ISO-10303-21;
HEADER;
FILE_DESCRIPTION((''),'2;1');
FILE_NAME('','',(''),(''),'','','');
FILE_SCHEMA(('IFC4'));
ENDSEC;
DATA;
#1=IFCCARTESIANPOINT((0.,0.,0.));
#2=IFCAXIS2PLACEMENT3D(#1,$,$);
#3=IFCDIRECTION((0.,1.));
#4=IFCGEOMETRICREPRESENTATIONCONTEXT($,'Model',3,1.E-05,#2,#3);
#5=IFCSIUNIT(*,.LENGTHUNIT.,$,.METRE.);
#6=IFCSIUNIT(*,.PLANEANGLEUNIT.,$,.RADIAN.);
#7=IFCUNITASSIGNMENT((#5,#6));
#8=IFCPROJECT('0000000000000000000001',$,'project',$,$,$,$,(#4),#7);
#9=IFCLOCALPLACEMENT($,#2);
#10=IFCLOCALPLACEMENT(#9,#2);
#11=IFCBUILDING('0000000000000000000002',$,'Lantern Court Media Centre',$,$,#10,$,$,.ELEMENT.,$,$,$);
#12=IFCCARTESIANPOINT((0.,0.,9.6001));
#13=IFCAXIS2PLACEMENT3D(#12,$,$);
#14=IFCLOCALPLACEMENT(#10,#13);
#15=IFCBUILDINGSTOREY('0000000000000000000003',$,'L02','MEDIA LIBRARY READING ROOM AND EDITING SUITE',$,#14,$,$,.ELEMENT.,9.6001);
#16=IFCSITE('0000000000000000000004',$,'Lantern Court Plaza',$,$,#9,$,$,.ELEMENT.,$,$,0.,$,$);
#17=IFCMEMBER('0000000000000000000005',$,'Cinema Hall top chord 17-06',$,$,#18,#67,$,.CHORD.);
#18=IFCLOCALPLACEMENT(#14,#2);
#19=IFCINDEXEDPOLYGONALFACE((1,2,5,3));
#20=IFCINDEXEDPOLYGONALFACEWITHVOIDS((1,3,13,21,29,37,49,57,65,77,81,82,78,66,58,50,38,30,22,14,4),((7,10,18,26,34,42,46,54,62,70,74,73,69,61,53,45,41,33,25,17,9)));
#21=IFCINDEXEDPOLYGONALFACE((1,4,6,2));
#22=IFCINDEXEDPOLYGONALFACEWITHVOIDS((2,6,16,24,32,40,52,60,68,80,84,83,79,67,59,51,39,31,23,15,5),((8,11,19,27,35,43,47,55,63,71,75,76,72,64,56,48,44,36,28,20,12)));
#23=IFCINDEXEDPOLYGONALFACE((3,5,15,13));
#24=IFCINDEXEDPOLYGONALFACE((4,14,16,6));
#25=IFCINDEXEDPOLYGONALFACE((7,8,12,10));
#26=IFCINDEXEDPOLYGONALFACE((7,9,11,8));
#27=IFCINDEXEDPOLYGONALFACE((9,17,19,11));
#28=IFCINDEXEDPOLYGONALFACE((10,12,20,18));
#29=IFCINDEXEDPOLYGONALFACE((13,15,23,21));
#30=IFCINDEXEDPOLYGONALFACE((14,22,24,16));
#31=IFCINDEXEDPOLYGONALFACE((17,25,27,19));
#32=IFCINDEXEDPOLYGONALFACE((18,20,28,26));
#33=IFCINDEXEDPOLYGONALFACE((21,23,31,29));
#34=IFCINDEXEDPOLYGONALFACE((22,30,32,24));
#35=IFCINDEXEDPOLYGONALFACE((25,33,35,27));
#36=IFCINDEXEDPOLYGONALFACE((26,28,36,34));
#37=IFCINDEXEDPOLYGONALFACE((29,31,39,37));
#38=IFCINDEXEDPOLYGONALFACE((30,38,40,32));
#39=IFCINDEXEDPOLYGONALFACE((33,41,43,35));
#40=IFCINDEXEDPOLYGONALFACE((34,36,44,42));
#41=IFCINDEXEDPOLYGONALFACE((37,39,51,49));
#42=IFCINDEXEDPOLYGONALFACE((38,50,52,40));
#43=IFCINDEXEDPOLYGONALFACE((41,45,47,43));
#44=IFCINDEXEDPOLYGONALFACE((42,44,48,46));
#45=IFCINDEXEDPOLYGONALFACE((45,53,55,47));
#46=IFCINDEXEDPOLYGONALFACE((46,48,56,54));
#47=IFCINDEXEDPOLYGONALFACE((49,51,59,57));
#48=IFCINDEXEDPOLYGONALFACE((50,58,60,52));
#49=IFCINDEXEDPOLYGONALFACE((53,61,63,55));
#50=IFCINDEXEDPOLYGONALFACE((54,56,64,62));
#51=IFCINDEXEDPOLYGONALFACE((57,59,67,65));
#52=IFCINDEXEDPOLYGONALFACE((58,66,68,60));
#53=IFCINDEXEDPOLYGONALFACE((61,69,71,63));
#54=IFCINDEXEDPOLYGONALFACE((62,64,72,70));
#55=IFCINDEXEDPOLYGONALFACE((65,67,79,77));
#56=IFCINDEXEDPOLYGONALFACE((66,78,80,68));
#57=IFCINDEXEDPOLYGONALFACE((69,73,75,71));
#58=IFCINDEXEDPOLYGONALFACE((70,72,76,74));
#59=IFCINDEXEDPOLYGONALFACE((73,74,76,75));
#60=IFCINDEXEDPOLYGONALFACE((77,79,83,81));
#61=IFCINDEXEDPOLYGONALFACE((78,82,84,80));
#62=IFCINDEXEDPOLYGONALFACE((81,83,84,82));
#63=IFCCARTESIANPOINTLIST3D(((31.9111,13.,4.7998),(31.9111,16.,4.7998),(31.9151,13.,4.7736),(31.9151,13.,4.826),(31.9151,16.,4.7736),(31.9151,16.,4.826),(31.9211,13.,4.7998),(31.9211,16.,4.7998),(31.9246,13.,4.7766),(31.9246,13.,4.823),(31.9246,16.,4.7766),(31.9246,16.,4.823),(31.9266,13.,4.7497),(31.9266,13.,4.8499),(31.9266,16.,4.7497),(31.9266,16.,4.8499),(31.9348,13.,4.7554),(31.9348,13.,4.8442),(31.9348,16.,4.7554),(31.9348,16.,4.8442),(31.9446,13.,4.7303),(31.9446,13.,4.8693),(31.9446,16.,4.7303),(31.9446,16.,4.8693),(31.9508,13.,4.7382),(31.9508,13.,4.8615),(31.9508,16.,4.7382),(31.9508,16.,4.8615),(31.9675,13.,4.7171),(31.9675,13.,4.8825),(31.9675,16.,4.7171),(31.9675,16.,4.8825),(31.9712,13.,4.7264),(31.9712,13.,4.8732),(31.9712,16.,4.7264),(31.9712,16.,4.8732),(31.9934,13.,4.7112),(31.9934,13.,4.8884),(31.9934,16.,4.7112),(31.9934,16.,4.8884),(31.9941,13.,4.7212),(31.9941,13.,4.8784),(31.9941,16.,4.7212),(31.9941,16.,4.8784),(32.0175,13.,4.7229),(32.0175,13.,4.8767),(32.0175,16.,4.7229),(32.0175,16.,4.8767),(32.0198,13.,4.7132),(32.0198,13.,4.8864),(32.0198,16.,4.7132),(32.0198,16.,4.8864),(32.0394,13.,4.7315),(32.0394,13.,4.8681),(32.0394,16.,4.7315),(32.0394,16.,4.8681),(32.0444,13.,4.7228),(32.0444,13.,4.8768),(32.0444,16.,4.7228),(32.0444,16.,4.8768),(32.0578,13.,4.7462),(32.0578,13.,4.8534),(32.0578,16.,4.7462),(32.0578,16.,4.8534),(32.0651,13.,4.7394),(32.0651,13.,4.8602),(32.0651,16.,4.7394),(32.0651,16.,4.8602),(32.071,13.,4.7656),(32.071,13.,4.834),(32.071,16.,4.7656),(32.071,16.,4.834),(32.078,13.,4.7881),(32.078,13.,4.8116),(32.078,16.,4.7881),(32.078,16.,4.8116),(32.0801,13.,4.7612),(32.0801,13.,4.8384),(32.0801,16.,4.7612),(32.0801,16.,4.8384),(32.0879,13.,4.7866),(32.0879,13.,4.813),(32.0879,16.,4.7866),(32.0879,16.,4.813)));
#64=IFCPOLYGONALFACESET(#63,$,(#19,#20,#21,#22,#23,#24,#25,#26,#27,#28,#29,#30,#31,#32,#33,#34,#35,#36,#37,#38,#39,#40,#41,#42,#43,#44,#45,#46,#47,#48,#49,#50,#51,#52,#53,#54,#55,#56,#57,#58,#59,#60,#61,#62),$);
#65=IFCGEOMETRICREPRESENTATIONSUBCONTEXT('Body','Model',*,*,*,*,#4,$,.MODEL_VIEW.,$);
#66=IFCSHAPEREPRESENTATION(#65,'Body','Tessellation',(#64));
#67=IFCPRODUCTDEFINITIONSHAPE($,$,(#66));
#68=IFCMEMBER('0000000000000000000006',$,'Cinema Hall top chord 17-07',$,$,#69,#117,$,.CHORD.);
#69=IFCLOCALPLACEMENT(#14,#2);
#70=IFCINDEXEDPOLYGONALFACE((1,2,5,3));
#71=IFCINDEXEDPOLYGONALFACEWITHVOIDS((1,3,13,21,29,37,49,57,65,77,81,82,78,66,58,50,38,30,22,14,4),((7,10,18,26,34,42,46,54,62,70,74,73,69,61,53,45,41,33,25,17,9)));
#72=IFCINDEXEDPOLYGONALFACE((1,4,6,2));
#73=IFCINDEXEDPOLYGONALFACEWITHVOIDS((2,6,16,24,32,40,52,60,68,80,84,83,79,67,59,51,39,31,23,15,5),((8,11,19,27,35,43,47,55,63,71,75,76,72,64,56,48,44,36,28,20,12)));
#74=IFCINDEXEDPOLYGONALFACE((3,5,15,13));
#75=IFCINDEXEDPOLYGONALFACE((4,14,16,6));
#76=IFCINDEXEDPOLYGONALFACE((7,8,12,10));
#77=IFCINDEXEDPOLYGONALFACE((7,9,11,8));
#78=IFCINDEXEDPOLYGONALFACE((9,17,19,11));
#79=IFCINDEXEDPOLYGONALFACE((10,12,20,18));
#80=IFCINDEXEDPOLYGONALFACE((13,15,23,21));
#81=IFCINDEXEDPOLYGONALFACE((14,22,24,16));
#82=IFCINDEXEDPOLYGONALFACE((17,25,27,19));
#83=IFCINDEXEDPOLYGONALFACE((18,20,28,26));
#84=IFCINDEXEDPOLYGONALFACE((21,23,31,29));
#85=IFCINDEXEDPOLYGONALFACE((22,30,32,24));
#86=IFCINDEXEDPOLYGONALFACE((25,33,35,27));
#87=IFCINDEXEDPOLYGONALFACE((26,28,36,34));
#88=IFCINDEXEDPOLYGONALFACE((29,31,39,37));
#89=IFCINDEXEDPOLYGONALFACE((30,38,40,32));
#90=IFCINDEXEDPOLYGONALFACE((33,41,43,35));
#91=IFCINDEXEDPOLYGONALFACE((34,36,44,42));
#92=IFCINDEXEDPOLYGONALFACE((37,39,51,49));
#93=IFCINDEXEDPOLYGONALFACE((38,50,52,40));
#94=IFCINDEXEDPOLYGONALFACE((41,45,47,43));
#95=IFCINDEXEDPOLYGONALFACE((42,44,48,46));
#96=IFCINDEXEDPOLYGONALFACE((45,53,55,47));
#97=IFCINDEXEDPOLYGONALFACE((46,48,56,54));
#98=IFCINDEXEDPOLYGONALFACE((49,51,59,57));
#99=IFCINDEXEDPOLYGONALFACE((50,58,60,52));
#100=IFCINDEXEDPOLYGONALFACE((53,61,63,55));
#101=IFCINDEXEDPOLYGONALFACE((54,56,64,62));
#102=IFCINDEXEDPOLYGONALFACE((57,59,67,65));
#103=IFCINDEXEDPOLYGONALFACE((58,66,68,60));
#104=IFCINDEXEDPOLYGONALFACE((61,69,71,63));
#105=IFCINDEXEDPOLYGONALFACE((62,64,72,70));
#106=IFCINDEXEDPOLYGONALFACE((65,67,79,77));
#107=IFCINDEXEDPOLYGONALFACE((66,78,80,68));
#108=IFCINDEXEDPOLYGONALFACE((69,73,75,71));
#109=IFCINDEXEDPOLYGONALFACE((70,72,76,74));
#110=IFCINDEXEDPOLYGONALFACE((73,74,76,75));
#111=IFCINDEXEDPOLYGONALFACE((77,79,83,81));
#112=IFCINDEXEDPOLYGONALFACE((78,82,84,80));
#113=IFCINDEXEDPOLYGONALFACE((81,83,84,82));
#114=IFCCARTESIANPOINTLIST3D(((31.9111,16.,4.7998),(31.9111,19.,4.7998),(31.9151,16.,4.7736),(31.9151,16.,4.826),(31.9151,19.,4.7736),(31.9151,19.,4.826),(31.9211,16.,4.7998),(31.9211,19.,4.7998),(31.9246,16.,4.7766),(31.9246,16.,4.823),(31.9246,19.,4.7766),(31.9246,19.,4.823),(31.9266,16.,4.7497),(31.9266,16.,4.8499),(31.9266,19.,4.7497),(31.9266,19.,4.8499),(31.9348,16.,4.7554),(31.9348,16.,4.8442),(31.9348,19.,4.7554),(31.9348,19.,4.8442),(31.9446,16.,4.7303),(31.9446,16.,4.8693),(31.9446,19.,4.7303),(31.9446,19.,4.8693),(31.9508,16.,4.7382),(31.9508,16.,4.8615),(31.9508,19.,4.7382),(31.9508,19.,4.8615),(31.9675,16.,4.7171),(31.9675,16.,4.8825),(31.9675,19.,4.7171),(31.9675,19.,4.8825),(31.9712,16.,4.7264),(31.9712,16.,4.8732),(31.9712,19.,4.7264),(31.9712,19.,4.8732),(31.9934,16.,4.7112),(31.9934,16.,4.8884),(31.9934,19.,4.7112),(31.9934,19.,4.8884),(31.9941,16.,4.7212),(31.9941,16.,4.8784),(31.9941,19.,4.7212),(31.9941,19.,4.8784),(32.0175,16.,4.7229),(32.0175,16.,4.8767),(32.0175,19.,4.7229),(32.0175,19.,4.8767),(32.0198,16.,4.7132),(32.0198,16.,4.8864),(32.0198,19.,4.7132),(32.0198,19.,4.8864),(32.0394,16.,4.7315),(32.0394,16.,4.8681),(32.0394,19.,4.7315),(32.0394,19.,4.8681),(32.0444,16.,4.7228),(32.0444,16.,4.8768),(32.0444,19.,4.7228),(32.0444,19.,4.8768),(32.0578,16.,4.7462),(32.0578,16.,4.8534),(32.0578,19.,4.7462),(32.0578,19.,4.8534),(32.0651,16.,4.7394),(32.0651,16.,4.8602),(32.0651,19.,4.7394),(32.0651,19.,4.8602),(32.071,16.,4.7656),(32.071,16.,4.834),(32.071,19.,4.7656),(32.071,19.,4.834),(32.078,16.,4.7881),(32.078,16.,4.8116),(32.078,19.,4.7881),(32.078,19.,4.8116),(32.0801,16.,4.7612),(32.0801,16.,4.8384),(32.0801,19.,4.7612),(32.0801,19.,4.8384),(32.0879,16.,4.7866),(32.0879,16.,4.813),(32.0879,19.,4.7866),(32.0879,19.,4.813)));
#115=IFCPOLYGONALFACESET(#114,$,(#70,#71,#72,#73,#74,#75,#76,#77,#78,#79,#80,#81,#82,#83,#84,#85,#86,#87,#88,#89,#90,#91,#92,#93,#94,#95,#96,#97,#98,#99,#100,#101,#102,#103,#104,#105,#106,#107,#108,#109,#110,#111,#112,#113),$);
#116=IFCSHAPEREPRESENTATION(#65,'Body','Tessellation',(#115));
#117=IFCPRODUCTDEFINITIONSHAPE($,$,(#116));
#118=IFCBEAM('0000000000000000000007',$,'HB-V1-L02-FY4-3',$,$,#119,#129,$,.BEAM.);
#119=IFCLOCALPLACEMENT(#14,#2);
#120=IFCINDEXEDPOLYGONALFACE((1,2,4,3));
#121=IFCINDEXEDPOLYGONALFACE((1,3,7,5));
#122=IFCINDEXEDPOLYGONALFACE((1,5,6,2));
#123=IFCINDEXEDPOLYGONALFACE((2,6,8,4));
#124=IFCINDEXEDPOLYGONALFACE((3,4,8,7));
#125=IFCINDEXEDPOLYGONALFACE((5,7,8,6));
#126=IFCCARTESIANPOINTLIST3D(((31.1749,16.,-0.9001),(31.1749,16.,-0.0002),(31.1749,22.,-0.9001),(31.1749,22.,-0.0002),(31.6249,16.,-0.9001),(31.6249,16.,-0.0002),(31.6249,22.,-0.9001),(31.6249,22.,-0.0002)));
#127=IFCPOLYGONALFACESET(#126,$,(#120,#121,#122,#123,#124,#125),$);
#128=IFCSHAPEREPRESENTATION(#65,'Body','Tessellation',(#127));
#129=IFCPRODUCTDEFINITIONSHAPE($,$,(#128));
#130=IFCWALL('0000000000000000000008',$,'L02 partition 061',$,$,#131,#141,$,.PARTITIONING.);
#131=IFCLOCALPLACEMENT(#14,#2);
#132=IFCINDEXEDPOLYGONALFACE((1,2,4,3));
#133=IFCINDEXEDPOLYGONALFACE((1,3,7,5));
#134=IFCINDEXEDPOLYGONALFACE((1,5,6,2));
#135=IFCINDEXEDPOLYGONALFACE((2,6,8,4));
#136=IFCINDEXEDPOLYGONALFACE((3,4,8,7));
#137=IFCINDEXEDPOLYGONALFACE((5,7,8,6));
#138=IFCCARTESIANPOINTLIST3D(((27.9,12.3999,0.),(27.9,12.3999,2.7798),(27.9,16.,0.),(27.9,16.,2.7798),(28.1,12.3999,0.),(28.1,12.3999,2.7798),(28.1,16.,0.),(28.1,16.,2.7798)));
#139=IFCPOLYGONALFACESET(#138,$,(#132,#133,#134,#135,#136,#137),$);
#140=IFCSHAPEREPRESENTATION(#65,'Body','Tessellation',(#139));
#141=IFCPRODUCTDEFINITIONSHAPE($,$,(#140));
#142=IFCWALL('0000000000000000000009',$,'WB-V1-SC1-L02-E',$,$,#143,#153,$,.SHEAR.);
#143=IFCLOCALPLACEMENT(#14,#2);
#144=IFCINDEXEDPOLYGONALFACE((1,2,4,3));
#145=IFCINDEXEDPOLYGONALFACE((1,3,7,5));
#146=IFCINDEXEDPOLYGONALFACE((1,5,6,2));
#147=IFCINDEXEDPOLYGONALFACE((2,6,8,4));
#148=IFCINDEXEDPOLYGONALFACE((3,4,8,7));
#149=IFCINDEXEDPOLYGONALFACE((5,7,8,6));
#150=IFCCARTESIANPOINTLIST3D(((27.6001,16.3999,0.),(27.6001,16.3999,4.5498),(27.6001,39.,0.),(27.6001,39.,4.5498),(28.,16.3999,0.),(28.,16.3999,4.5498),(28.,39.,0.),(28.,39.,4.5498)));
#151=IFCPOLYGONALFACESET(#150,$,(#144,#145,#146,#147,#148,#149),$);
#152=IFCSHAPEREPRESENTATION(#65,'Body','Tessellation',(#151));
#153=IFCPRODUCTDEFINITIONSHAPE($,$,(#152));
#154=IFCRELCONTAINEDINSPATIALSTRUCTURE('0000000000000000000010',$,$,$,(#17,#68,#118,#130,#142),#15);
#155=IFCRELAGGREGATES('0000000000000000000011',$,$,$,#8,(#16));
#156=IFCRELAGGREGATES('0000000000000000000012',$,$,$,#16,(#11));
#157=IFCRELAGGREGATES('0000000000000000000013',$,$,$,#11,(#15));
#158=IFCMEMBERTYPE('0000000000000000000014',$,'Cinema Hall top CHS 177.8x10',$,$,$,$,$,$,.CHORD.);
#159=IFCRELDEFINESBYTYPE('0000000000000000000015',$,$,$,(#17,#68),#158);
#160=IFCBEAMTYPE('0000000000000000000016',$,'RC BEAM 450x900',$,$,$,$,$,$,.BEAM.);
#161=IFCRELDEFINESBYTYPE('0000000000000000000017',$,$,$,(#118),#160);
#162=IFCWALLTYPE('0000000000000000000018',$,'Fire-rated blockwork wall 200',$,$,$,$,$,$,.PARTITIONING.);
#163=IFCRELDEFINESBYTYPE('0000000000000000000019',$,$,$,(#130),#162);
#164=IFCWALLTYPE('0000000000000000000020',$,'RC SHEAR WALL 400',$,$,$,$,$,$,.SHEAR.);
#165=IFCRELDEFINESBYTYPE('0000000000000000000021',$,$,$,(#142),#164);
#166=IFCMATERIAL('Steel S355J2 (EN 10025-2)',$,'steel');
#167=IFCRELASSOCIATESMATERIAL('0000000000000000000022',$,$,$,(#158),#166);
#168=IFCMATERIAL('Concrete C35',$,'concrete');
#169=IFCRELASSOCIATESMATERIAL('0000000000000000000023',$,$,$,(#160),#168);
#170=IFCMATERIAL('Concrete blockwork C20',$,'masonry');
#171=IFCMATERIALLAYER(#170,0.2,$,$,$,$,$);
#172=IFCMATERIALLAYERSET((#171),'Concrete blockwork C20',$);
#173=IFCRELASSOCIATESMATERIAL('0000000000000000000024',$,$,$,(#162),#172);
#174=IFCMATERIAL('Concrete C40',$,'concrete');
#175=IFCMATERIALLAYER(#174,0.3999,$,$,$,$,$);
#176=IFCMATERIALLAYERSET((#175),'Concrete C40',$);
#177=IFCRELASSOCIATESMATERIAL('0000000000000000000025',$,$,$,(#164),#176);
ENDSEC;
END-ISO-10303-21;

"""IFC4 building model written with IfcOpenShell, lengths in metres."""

from ifc_helpers import new_model, si_unit, direction, frame, frame_2d, origin, origin_2d, place, context, subcontext, project, spatial, rectangle, hollow_circle, extrude, material, layer, layer_set, material_profile, profile_set, type_object, element, save


model = new_model("IFC4")

# Units and contexts
model_context = context("Model", 3, precision=1e-05, world=origin(), true_north=direction((0.0, 1.0)))
body_context = subcontext(model_context, "Body", "Model", "MODEL_VIEW")
ifc_project = project(units=[si_unit("LENGTHUNIT", "METRE"), si_unit("PLANEANGLEUNIT", "RADIAN")], contexts=[model_context])

# Site, building, storey
site_placement = place(None, origin())
site = spatial("IfcSite", under=ifc_project, at=site_placement, Name="Lantern Court Plaza", CompositionType="ELEMENT", RefElevation=0.0)
building_placement = place(site_placement, origin())
building = spatial("IfcBuilding", under=site, at=building_placement, Name="Lantern Court Media Centre", CompositionType="ELEMENT")
storey_placement = place(building_placement, frame((0.0, 0.0, 9.6001)))
storey = spatial("IfcBuildingStorey", under=building, at=storey_placement, Name="L02", Description="MEDIA LIBRARY READING ROOM AND EDITING SUITE", CompositionType="ELEMENT", Elevation=9.6001)

# Shared definitions
ifc_material_1 = material(Name="Concrete C35", Category="concrete")

# Members
ifc_material_2 = material(Name="Steel S355J2 (EN 10025-2)", Category="steel")
ifc_material_profile_1 = material_profile(ifc_material_2, hollow_circle(Radius=0.0889, WallThickness=0.01, at=origin_2d()), Name="Cinema Hall top CHS 177.8x10")
ifc_profile_set_1 = profile_set([ifc_material_profile_1], Name="Steel S355J2 (EN 10025-2)")
member_type_1 = type_object("IfcMemberType", Name="Cinema Hall top CHS 177.8x10", PredefinedType="CHORD", material=ifc_profile_set_1)
for number, where, z_axis, x_axis, name in (
    (1, (32.0, 13.0, 4.7998), (0.0, 1.0, 0.0), (-1.0, 0.0, 0.0), "Cinema Hall top chord 17-06"),
    (2, (32.0, 16.0, 4.7998), (0.0, 1.0, 0.0), (-1.0, 0.0, 0.0), "Cinema Hall top chord 17-07"),
):
    element("IfcMember", number, at=place(storey_placement, frame(where, z_axis=z_axis, x_axis=x_axis)), inside=storey, type_object=member_type_1, Name=name, PredefinedType="CHORD", context=body_context, shape_type="SweptSolid", body=[
        extrude(hollow_circle(Radius=0.0889, WallThickness=0.01, at=origin_2d()), origin(), (0.0, 0.0, 1.0), 3.0),
    ])

# Beam
ifc_material_profile_2 = material_profile(ifc_material_1, rectangle(XDim=0.45, YDim=0.8999, at=origin_2d()), Name="RC 450x900")
ifc_profile_set_2 = profile_set([ifc_material_profile_2], Name="Concrete C35")
beam_type = type_object("IfcBeamType", Name="RC BEAM 450x900", PredefinedType="BEAM", material=ifc_profile_set_2)
beam_placement = place(storey_placement, frame((31.3999, 16.0, -0.4502), z_axis=(0.0, 1.0, 0.0), x_axis=(-1.0, 0.0, 0.0)))
element("IfcBeam", 3, at=beam_placement, inside=storey, type_object=beam_type, Name="HB-V1-L02-FY4-3", PredefinedType="BEAM", context=body_context, shape_type="SweptSolid", body=[
    extrude(rectangle(XDim=0.45, YDim=0.8999, at=origin_2d()), origin(), (0.0, 0.0, 1.0), 6.0),
])

# Walls
ifc_material_3 = material(Name="Concrete blockwork C20", Category="masonry")
ifc_layer_1 = layer(ifc_material_3, 0.2)
ifc_layer_set_1 = layer_set([ifc_layer_1], Name="Concrete blockwork C20")
wall_type_1 = type_object("IfcWallType", Name="Fire-rated blockwork wall 200", PredefinedType="PARTITIONING", material=ifc_layer_set_1)
wall_1_placement = place(storey_placement, frame((28.0, 12.3999, 0.0), z_axis=(0.0, 0.0, 1.0), x_axis=(0.0, 1.0, 0.0)))
element("IfcWall", 4, at=wall_1_placement, inside=storey, type_object=wall_type_1, Name="L02 partition 061", PredefinedType="PARTITIONING", context=body_context, shape_type="SweptSolid", body=[
    extrude(rectangle(XDim=3.6001, YDim=0.2, at=frame_2d((1.8, 0.0))), origin(), (0.0, 0.0, 1.0), 2.7798),
])
ifc_material_4 = material(Name="Concrete C40", Category="concrete")
ifc_layer_2 = layer(ifc_material_4, 0.3999)
ifc_layer_set_2 = layer_set([ifc_layer_2], Name="Concrete C40")
wall_type_2 = type_object("IfcWallType", Name="RC SHEAR WALL 400", PredefinedType="SHEAR", material=ifc_layer_set_2)
wall_2_placement = place(storey_placement, frame((27.8, 16.3999, 0.0), z_axis=(0.0, 0.0, 1.0), x_axis=(0.0, 1.0, 0.0)))
element("IfcWall", 5, at=wall_2_placement, inside=storey, type_object=wall_type_2, Name="WB-V1-SC1-L02-E", PredefinedType="SHEAR", context=body_context, shape_type="SweptSolid", body=[
    extrude(rectangle(XDim=22.6001, YDim=0.3999, at=frame_2d((11.3, 0.0))), origin(), (0.0, 0.0, 1.0), 4.5498),
])

save(model, "model.ifc")
